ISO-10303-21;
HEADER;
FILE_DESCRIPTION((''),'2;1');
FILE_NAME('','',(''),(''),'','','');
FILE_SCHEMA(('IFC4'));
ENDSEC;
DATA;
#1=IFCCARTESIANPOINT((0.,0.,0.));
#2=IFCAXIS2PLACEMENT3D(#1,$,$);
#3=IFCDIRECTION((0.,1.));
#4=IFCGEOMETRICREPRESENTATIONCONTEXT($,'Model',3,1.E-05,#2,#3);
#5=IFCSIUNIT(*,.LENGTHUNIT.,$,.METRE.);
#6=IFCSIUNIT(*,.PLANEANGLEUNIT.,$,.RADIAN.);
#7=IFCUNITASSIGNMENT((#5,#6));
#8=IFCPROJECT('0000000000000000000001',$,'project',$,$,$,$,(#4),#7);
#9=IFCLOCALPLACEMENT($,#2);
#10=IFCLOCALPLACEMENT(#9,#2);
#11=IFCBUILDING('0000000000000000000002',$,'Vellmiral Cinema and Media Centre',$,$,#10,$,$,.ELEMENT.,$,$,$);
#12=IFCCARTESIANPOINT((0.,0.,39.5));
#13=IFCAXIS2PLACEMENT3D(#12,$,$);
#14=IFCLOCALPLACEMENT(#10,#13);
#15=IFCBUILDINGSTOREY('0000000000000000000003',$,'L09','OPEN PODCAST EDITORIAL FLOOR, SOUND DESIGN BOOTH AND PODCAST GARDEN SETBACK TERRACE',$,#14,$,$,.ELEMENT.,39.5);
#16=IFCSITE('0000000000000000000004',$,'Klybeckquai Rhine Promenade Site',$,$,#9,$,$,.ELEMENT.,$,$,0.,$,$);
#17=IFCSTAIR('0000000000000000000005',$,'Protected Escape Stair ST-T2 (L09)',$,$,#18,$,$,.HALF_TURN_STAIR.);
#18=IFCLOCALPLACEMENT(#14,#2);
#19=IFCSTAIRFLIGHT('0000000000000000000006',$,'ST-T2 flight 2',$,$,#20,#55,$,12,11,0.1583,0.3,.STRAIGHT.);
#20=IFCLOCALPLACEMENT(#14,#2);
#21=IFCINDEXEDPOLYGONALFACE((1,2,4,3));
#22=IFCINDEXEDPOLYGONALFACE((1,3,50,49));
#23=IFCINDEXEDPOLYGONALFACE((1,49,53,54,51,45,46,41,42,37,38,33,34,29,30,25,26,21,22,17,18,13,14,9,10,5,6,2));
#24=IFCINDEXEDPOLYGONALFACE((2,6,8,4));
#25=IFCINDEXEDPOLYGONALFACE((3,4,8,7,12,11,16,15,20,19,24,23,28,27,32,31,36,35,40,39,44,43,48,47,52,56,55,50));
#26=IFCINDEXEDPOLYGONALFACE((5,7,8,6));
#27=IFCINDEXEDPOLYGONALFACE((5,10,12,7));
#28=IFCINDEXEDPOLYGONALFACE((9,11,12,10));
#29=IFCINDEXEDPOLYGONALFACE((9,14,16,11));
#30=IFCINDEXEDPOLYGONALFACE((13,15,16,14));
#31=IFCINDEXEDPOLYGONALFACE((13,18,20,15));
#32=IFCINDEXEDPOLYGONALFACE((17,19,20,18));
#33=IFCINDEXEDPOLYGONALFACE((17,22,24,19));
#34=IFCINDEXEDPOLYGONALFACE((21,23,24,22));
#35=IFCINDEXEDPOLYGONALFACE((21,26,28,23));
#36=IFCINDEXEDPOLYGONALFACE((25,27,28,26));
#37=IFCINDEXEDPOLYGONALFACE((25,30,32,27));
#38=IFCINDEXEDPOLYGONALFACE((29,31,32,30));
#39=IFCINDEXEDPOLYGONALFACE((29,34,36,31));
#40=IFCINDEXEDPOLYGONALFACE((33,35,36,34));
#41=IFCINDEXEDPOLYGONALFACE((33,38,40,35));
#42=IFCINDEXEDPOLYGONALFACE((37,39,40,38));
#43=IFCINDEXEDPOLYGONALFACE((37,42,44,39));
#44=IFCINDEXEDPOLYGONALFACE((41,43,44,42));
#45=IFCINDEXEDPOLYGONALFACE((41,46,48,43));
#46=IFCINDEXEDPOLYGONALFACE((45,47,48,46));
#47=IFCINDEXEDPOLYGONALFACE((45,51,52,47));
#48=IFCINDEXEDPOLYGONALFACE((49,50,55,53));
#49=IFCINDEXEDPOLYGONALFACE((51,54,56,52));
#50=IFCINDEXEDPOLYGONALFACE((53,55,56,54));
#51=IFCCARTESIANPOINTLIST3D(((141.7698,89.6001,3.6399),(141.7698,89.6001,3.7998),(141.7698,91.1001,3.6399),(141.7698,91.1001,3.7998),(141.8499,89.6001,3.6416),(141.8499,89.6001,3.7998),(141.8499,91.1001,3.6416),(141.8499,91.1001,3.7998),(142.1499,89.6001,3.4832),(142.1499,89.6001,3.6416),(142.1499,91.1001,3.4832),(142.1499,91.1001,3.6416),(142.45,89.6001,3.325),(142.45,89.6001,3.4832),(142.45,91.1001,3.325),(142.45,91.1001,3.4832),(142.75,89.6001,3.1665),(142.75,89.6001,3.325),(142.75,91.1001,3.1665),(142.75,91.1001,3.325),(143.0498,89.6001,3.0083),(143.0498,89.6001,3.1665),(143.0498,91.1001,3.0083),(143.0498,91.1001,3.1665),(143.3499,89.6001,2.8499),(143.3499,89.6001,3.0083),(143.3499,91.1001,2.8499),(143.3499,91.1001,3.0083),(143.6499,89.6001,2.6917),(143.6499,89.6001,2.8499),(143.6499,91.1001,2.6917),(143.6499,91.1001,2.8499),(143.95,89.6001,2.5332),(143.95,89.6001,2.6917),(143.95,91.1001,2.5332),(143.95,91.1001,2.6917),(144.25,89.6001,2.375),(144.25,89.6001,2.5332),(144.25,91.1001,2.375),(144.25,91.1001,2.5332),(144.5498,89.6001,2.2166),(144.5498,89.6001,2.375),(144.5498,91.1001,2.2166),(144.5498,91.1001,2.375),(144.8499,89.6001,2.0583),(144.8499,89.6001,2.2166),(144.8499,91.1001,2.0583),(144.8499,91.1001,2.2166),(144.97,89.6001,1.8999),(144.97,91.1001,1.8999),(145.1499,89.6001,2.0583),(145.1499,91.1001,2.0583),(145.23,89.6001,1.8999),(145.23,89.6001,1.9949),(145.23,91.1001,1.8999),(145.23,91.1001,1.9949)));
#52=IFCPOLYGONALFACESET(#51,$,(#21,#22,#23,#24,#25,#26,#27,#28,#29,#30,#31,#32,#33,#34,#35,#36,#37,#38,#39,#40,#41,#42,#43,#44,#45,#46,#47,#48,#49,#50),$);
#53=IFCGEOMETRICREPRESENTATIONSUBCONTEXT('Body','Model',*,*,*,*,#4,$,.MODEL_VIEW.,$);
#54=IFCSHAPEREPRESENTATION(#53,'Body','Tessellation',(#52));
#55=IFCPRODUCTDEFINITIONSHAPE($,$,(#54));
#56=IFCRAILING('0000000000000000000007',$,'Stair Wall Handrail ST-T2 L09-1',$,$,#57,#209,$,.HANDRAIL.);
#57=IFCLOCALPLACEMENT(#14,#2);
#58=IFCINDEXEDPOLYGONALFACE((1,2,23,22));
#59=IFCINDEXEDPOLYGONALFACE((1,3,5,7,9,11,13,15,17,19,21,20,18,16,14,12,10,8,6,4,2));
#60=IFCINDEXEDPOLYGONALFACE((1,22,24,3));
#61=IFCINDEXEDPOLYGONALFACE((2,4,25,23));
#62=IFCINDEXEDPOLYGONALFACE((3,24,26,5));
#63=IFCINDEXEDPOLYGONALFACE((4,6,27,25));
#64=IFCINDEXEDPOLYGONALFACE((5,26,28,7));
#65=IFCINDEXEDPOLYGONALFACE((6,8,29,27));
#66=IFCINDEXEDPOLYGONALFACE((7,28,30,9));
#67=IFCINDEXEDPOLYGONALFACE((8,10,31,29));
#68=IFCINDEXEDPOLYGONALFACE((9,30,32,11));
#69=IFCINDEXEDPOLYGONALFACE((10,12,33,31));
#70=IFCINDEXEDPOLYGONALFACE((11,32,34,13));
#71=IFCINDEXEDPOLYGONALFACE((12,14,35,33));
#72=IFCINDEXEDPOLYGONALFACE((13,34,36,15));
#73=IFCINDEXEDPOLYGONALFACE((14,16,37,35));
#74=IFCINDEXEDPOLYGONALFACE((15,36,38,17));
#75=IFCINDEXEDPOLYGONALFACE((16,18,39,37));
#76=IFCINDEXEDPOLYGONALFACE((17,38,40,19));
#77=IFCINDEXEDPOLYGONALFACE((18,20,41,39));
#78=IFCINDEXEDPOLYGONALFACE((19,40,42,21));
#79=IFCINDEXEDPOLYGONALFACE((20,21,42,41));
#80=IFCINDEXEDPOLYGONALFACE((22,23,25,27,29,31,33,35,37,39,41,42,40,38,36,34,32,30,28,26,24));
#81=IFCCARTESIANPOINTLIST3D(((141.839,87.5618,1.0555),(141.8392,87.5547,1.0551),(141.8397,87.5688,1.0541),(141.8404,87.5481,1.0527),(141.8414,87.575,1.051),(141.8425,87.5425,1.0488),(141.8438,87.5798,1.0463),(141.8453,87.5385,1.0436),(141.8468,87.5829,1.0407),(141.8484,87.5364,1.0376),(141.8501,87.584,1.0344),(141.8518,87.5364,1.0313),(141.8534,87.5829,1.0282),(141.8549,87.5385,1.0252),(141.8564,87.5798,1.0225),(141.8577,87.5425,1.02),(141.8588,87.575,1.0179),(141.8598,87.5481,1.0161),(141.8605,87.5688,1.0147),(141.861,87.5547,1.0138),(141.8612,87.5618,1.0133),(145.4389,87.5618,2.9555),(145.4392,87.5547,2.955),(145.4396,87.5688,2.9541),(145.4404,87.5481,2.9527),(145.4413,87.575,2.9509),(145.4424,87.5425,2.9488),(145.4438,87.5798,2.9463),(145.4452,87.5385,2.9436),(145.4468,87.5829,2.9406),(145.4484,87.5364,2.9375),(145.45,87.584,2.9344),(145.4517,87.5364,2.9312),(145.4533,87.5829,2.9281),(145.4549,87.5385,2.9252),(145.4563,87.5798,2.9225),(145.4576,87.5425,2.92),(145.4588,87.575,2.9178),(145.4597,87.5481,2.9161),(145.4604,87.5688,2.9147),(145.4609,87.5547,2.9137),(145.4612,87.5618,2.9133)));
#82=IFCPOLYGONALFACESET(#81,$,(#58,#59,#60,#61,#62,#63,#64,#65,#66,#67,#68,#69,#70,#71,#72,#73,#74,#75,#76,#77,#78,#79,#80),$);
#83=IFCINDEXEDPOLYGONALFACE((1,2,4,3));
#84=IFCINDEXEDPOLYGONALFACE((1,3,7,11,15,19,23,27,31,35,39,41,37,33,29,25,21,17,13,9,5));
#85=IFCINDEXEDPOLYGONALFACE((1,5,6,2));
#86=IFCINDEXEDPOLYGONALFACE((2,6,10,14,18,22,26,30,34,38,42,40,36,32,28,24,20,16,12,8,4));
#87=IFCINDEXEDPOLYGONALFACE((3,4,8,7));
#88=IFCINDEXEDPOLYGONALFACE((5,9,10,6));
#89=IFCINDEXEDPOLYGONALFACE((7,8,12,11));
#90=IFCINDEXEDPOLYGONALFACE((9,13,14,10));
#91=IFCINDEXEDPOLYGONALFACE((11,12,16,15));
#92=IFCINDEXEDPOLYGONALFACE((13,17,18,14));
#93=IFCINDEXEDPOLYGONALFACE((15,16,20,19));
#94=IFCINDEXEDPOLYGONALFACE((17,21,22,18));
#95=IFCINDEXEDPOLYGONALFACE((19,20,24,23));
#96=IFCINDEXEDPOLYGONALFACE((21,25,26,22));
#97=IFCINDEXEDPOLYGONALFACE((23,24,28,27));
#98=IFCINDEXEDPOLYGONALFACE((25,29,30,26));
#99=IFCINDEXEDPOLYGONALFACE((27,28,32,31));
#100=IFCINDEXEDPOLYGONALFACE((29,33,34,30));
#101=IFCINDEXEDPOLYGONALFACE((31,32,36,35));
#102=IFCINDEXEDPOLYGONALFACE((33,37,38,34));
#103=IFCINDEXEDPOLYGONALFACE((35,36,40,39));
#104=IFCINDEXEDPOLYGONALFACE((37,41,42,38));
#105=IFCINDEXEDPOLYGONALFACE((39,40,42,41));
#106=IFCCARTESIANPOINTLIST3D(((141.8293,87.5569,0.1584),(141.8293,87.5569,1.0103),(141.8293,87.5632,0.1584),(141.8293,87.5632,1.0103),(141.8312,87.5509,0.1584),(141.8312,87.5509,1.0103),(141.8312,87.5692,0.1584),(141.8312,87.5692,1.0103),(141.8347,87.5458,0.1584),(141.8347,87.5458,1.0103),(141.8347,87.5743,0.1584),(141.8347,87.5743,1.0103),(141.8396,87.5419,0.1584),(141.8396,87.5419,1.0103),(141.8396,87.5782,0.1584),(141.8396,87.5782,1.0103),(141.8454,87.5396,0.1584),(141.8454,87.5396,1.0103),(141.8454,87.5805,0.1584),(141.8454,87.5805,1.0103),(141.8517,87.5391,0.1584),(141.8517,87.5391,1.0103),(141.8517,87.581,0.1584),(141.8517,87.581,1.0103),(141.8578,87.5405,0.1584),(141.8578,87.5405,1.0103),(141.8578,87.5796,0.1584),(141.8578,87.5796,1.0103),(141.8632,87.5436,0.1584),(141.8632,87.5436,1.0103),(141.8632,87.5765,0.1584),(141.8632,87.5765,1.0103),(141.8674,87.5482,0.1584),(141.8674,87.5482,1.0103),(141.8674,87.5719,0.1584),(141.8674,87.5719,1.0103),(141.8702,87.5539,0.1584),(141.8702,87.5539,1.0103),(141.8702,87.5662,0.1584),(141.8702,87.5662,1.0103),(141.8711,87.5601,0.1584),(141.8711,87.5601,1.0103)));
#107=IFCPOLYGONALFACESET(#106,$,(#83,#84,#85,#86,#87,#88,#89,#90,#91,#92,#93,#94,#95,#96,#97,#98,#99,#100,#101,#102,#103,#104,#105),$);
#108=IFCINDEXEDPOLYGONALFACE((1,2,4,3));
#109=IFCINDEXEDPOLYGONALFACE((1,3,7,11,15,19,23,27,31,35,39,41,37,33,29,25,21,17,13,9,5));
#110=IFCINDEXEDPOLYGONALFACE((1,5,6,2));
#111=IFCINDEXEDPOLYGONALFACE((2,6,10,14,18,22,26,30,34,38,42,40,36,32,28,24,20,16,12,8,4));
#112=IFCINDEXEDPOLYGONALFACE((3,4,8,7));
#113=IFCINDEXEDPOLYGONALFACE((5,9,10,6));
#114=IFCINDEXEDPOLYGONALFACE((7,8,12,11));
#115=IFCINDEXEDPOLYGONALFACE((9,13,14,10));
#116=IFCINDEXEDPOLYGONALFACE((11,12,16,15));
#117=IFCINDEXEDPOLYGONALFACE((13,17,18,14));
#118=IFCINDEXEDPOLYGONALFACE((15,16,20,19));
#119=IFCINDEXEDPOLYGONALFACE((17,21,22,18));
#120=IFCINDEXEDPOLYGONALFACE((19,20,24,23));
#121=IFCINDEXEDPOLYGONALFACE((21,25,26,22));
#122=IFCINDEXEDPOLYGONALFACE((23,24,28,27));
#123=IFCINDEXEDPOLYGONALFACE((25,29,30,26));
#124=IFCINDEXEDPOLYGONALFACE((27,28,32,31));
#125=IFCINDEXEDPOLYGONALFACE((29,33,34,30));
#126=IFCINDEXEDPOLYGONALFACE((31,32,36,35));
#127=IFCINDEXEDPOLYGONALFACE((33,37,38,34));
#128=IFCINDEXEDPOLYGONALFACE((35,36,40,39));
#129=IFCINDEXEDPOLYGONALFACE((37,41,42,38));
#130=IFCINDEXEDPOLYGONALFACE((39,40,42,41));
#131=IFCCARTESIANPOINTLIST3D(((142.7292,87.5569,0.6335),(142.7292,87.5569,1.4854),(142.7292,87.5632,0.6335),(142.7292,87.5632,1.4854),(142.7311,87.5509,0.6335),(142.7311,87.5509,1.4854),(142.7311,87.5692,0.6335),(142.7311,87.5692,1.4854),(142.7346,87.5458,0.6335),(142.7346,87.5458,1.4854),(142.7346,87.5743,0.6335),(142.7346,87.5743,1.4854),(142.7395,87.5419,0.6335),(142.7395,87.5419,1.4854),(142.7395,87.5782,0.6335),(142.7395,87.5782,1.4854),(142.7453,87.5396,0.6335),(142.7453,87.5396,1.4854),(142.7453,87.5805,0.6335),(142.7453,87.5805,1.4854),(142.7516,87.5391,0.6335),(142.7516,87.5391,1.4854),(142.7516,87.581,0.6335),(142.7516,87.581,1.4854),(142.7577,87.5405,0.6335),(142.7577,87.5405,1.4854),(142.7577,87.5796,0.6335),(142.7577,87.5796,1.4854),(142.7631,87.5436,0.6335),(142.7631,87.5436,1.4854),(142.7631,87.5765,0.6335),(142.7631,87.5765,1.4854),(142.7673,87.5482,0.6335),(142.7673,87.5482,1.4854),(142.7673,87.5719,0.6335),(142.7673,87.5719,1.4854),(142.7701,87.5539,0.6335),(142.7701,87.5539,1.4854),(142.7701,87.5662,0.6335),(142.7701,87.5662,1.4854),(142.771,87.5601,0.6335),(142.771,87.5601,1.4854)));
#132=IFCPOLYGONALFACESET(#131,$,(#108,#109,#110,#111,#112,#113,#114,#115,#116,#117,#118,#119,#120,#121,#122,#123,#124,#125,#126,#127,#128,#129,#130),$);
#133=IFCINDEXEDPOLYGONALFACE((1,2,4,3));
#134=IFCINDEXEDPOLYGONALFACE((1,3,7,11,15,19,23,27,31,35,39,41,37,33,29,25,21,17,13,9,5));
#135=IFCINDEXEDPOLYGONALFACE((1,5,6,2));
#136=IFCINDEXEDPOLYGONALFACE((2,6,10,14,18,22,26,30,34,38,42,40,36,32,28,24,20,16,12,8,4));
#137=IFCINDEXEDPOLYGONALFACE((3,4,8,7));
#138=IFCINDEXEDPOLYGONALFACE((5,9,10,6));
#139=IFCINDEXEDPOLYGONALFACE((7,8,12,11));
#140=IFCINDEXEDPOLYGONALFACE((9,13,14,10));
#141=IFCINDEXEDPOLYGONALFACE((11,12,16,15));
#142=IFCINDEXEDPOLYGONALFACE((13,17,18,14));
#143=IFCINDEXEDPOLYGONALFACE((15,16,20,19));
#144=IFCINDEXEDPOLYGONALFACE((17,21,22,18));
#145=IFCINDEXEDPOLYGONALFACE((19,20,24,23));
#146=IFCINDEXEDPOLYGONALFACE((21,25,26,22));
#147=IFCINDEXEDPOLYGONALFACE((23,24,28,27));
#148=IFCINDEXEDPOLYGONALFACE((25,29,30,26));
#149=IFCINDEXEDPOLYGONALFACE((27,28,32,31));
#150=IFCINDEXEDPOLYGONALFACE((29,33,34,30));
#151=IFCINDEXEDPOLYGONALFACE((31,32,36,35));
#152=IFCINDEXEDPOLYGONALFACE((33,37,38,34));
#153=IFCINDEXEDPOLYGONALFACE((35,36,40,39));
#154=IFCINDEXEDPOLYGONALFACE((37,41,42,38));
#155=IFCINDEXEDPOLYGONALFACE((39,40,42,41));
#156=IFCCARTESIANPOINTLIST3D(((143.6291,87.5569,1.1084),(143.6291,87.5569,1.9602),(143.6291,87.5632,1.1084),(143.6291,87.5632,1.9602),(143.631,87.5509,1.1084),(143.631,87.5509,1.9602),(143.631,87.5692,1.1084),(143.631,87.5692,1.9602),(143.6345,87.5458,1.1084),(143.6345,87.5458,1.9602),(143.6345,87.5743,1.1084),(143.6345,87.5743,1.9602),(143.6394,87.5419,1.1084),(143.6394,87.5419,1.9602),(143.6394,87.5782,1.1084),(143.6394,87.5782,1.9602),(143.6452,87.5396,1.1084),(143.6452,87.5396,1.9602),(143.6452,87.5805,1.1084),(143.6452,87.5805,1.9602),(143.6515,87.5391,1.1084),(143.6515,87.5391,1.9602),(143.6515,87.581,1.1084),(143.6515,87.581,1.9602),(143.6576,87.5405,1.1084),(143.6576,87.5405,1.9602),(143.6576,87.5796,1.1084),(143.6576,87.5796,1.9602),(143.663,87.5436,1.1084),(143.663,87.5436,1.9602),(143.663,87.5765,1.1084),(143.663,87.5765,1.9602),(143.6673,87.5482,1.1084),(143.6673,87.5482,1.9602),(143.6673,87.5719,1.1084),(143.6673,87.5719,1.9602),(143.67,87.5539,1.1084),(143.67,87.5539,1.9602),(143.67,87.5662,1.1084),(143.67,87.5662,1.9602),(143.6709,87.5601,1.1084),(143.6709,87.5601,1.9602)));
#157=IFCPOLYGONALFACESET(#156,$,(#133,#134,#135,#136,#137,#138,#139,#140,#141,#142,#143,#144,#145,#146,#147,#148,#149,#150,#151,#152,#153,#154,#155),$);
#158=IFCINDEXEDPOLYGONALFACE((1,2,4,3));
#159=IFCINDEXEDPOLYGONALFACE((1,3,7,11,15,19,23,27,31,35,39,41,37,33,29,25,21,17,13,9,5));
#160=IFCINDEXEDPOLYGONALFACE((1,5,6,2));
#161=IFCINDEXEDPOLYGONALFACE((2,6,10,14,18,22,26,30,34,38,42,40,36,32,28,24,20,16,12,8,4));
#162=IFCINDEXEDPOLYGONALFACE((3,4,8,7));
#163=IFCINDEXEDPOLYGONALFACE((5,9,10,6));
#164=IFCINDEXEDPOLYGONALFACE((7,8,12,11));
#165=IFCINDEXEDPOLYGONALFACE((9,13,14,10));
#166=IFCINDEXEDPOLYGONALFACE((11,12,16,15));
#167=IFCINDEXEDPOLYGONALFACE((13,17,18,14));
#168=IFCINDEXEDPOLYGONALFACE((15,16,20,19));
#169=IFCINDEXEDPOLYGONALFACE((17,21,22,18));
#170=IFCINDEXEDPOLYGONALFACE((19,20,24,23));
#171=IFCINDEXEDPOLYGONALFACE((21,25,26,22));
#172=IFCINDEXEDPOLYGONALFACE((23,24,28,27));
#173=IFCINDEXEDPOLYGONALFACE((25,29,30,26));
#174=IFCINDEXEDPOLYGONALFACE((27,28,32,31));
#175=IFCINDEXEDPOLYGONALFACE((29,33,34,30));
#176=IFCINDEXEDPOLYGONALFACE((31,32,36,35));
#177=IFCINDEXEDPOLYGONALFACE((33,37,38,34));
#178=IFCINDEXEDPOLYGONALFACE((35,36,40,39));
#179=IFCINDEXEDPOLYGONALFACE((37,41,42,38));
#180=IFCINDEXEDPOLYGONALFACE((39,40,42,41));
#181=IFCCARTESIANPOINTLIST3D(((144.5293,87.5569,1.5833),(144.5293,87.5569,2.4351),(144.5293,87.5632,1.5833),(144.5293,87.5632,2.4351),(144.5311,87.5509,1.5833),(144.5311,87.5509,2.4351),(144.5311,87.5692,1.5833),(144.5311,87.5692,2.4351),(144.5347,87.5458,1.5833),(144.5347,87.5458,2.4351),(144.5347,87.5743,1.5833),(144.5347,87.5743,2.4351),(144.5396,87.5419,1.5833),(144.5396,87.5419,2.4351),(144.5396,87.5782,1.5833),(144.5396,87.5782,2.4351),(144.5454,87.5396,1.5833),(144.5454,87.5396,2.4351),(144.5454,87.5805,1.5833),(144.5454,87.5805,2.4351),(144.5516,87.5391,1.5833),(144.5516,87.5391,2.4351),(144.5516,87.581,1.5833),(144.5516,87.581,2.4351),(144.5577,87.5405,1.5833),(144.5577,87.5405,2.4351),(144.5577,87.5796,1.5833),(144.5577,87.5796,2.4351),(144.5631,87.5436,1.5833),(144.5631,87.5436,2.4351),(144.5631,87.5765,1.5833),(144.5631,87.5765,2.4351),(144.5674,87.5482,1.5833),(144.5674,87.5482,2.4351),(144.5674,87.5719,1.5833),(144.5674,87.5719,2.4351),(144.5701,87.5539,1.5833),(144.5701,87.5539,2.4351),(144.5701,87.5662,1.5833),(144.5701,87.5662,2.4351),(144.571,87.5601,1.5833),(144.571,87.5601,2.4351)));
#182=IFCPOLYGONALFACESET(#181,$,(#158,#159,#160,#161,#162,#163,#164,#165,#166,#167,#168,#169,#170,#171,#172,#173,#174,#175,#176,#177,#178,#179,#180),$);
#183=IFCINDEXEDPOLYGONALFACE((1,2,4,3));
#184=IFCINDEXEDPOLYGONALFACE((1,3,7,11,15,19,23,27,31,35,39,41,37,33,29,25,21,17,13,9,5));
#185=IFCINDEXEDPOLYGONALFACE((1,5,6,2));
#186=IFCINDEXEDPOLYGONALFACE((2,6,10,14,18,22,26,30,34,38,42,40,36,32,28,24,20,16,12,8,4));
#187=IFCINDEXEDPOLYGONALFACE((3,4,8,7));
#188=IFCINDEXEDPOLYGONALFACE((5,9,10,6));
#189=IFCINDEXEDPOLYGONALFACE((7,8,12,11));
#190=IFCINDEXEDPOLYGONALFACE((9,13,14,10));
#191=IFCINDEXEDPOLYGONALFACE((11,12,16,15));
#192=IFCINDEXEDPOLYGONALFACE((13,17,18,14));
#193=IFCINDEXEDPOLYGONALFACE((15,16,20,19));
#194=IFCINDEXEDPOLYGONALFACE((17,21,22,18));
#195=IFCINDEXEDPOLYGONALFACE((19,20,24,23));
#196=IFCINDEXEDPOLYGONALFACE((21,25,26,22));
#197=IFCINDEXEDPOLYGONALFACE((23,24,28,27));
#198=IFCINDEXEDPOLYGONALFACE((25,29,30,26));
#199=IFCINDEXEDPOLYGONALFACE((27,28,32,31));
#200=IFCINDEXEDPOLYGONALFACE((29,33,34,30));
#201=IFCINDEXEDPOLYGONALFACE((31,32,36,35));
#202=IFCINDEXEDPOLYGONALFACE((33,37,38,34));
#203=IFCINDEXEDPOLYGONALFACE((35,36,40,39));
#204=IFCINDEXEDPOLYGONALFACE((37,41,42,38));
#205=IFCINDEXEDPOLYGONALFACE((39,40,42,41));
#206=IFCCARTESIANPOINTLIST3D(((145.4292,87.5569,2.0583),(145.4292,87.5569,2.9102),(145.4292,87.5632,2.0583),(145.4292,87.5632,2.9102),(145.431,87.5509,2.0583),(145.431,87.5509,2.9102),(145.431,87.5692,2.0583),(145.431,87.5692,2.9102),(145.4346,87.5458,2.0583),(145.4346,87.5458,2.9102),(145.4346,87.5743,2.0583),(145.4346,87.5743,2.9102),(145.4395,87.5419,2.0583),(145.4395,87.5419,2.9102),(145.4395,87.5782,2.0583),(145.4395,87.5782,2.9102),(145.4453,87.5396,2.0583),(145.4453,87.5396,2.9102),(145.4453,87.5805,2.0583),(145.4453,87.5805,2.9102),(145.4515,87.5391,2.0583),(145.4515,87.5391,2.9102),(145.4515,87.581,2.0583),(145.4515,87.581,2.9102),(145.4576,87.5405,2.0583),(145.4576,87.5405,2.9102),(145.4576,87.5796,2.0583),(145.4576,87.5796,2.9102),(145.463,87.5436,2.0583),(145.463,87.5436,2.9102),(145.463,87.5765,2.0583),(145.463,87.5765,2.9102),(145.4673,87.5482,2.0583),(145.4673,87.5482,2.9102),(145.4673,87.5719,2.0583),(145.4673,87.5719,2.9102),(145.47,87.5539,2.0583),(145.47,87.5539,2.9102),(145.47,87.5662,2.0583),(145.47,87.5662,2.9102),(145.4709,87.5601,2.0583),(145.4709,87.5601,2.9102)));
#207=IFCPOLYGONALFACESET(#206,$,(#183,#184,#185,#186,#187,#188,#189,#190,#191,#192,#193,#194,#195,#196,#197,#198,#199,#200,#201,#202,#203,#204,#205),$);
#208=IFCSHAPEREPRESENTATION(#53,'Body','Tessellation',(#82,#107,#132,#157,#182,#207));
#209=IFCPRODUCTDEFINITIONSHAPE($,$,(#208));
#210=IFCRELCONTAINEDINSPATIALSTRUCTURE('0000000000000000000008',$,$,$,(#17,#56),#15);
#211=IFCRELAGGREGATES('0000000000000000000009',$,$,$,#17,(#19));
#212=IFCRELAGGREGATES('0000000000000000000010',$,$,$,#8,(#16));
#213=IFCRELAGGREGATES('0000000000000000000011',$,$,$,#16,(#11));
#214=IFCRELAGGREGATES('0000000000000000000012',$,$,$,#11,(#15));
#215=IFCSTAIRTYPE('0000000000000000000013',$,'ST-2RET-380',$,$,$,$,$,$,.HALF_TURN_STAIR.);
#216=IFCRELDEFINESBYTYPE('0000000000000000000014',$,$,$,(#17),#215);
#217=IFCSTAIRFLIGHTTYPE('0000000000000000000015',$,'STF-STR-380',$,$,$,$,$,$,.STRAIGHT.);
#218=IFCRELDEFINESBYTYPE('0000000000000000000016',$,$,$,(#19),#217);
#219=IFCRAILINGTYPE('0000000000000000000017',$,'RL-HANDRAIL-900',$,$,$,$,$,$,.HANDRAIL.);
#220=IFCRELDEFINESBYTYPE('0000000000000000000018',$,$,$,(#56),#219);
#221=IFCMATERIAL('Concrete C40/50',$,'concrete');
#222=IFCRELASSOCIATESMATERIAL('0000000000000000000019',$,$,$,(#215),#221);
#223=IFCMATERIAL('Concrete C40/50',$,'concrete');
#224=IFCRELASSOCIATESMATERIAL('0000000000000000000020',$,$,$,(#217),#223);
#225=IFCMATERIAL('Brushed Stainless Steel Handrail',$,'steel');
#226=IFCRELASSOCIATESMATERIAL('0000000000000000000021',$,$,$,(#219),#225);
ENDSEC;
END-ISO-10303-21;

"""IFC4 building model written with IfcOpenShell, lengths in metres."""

from ifc_helpers import new_model, si_unit, direction, frame, origin, origin_2d, place, context, subcontext, project, spatial, polyline, circle, outline, extrude, material, type_object, element, aggregate, save


model = new_model("IFC4")

# Units and contexts
model_context = context("Model", 3, precision=1e-05, world=origin(), true_north=direction((0.0, 1.0)))
body_context = subcontext(model_context, "Body", "Model", "MODEL_VIEW")
ifc_project = project(units=[si_unit("LENGTHUNIT", "METRE"), si_unit("PLANEANGLEUNIT", "RADIAN")], contexts=[model_context])

# Site, building, storey
site_placement = place(None, origin())
site = spatial("IfcSite", under=ifc_project, at=site_placement, Name="Klybeckquai Rhine Promenade Site", CompositionType="ELEMENT", RefElevation=0.0)
building_placement = place(site_placement, origin())
building = spatial("IfcBuilding", under=site, at=building_placement, Name="Vellmiral Cinema and Media Centre", CompositionType="ELEMENT")
storey_placement = place(building_placement, frame((0.0, 0.0, 39.5)))
storey = spatial("IfcBuildingStorey", under=building, at=storey_placement, Name="L09", Description="OPEN PODCAST EDITORIAL FLOOR, SOUND DESIGN BOOTH AND PODCAST GARDEN SETBACK TERRACE", CompositionType="ELEMENT", Elevation=39.5)

# Stair, stair flight
ifc_material_1 = material(Name="Concrete C40/50", Category="concrete")
stair_type = type_object("IfcStairType", Name="ST-2RET-380", PredefinedType="HALF_TURN_STAIR", material=ifc_material_1)
stair_placement = place(storey_placement, origin())
stair = element("IfcStair", 1, at=stair_placement, inside=storey, type_object=stair_type, Name="Protected Escape Stair ST-T2 (L09)", PredefinedType="HALF_TURN_STAIR")
ifc_material_2 = material(Name="Concrete C40/50", Category="concrete")
stair_flight_type = type_object("IfcStairFlightType", Name="STF-STR-380", PredefinedType="STRAIGHT", material=ifc_material_2)
stair_flight_1_placement = place(storey_placement, frame((145.1499, 90.3501, 1.8999), z_axis=(0.0, 0.0, 1.0), x_axis=(-1.0, 0.0, 0.0)))
stair_flight_1 = element("IfcStairFlight", 2, at=stair_flight_1_placement, type_object=stair_flight_type, Name="ST-T2 flight 2", NumberOfRisers=12, NumberOfTreads=11, PredefinedType="STRAIGHT", RiserHeight=0.1583, TreadLength=0.3, context=body_context, shape_type="SweptSolid", body=[
    extrude(outline(polyline([(-0.0801, 0.0), (-0.0801, 0.095), (0.0, 0.1584), (0.3, 0.1584), (0.3, 0.3167), (0.6001, 0.3167), (0.6001, 0.4751), (0.8999, 0.4751), (0.8999, 0.6333), (1.2, 0.6333), (1.2, 0.7917), (1.5, 0.7917), (1.5, 0.95), (1.8, 0.95), (1.8, 1.1084), (2.1001, 1.1084), (2.1001, 1.2666), (2.3999, 1.2666), (2.3999, 1.425), (2.7, 1.425), (2.7, 1.5833), (3.0, 1.5833), (3.0, 1.7417), (3.3, 1.7417), (3.3, 1.8999), (3.3801, 1.8999), (3.3801, 1.74), (0.1799, 0.0), (-0.0801, 0.0)])), frame((0.0, 0.75, 0.0), z_axis=(0.0, -1.0, 0.0), x_axis=(1.0, 0.0, 0.0)), (0.0, 0.0, 1.0), 1.5),
])
aggregate(stair, [stair_flight_1])

# Railing
ifc_material_3 = material(Name="Brushed Stainless Steel Handrail", Category="steel")
railing_type_1 = type_object("IfcRailingType", Name="RL-HANDRAIL-900", PredefinedType="HANDRAIL", material=ifc_material_3)
railing_1_placement = place(storey_placement, frame((141.8501, 87.5601, 0.1584)))
element("IfcRailing", 3, at=railing_1_placement, inside=storey, type_object=railing_type_1, Name="Stair Wall Handrail ST-T2 L09-1", PredefinedType="HANDRAIL", context=body_context, shape_type="SweptSolid", body=[
    extrude(circle(Radius=0.0239, at=origin_2d()), frame((0.0, 0.0, 0.876), z_axis=(0.884387, 0.0, 0.466755), x_axis=(0.0, 1.0, 0.0)), (0.0, 0.0, 1.0), 4.0706),
    extrude(circle(Radius=0.021, at=origin_2d()), origin(), (0.0, 0.0, 1.0), 0.8518),
    extrude(circle(Radius=0.021, at=origin_2d()), frame((0.8999, 0.0, 0.4751)), (0.0, 0.0, 1.0), 0.8518),
    extrude(circle(Radius=0.021, at=origin_2d()), frame((1.7998, 0.0, 0.95)), (0.0, 0.0, 1.0), 0.8518),
    extrude(circle(Radius=0.021, at=origin_2d()), frame((2.7, 0.0, 1.4248)), (0.0, 0.0, 1.0), 0.8518),
    extrude(circle(Radius=0.021, at=origin_2d()), frame((3.5999, 0.0, 1.8999)), (0.0, 0.0, 1.0), 0.8518),
])

save(model, "model.ifc")
